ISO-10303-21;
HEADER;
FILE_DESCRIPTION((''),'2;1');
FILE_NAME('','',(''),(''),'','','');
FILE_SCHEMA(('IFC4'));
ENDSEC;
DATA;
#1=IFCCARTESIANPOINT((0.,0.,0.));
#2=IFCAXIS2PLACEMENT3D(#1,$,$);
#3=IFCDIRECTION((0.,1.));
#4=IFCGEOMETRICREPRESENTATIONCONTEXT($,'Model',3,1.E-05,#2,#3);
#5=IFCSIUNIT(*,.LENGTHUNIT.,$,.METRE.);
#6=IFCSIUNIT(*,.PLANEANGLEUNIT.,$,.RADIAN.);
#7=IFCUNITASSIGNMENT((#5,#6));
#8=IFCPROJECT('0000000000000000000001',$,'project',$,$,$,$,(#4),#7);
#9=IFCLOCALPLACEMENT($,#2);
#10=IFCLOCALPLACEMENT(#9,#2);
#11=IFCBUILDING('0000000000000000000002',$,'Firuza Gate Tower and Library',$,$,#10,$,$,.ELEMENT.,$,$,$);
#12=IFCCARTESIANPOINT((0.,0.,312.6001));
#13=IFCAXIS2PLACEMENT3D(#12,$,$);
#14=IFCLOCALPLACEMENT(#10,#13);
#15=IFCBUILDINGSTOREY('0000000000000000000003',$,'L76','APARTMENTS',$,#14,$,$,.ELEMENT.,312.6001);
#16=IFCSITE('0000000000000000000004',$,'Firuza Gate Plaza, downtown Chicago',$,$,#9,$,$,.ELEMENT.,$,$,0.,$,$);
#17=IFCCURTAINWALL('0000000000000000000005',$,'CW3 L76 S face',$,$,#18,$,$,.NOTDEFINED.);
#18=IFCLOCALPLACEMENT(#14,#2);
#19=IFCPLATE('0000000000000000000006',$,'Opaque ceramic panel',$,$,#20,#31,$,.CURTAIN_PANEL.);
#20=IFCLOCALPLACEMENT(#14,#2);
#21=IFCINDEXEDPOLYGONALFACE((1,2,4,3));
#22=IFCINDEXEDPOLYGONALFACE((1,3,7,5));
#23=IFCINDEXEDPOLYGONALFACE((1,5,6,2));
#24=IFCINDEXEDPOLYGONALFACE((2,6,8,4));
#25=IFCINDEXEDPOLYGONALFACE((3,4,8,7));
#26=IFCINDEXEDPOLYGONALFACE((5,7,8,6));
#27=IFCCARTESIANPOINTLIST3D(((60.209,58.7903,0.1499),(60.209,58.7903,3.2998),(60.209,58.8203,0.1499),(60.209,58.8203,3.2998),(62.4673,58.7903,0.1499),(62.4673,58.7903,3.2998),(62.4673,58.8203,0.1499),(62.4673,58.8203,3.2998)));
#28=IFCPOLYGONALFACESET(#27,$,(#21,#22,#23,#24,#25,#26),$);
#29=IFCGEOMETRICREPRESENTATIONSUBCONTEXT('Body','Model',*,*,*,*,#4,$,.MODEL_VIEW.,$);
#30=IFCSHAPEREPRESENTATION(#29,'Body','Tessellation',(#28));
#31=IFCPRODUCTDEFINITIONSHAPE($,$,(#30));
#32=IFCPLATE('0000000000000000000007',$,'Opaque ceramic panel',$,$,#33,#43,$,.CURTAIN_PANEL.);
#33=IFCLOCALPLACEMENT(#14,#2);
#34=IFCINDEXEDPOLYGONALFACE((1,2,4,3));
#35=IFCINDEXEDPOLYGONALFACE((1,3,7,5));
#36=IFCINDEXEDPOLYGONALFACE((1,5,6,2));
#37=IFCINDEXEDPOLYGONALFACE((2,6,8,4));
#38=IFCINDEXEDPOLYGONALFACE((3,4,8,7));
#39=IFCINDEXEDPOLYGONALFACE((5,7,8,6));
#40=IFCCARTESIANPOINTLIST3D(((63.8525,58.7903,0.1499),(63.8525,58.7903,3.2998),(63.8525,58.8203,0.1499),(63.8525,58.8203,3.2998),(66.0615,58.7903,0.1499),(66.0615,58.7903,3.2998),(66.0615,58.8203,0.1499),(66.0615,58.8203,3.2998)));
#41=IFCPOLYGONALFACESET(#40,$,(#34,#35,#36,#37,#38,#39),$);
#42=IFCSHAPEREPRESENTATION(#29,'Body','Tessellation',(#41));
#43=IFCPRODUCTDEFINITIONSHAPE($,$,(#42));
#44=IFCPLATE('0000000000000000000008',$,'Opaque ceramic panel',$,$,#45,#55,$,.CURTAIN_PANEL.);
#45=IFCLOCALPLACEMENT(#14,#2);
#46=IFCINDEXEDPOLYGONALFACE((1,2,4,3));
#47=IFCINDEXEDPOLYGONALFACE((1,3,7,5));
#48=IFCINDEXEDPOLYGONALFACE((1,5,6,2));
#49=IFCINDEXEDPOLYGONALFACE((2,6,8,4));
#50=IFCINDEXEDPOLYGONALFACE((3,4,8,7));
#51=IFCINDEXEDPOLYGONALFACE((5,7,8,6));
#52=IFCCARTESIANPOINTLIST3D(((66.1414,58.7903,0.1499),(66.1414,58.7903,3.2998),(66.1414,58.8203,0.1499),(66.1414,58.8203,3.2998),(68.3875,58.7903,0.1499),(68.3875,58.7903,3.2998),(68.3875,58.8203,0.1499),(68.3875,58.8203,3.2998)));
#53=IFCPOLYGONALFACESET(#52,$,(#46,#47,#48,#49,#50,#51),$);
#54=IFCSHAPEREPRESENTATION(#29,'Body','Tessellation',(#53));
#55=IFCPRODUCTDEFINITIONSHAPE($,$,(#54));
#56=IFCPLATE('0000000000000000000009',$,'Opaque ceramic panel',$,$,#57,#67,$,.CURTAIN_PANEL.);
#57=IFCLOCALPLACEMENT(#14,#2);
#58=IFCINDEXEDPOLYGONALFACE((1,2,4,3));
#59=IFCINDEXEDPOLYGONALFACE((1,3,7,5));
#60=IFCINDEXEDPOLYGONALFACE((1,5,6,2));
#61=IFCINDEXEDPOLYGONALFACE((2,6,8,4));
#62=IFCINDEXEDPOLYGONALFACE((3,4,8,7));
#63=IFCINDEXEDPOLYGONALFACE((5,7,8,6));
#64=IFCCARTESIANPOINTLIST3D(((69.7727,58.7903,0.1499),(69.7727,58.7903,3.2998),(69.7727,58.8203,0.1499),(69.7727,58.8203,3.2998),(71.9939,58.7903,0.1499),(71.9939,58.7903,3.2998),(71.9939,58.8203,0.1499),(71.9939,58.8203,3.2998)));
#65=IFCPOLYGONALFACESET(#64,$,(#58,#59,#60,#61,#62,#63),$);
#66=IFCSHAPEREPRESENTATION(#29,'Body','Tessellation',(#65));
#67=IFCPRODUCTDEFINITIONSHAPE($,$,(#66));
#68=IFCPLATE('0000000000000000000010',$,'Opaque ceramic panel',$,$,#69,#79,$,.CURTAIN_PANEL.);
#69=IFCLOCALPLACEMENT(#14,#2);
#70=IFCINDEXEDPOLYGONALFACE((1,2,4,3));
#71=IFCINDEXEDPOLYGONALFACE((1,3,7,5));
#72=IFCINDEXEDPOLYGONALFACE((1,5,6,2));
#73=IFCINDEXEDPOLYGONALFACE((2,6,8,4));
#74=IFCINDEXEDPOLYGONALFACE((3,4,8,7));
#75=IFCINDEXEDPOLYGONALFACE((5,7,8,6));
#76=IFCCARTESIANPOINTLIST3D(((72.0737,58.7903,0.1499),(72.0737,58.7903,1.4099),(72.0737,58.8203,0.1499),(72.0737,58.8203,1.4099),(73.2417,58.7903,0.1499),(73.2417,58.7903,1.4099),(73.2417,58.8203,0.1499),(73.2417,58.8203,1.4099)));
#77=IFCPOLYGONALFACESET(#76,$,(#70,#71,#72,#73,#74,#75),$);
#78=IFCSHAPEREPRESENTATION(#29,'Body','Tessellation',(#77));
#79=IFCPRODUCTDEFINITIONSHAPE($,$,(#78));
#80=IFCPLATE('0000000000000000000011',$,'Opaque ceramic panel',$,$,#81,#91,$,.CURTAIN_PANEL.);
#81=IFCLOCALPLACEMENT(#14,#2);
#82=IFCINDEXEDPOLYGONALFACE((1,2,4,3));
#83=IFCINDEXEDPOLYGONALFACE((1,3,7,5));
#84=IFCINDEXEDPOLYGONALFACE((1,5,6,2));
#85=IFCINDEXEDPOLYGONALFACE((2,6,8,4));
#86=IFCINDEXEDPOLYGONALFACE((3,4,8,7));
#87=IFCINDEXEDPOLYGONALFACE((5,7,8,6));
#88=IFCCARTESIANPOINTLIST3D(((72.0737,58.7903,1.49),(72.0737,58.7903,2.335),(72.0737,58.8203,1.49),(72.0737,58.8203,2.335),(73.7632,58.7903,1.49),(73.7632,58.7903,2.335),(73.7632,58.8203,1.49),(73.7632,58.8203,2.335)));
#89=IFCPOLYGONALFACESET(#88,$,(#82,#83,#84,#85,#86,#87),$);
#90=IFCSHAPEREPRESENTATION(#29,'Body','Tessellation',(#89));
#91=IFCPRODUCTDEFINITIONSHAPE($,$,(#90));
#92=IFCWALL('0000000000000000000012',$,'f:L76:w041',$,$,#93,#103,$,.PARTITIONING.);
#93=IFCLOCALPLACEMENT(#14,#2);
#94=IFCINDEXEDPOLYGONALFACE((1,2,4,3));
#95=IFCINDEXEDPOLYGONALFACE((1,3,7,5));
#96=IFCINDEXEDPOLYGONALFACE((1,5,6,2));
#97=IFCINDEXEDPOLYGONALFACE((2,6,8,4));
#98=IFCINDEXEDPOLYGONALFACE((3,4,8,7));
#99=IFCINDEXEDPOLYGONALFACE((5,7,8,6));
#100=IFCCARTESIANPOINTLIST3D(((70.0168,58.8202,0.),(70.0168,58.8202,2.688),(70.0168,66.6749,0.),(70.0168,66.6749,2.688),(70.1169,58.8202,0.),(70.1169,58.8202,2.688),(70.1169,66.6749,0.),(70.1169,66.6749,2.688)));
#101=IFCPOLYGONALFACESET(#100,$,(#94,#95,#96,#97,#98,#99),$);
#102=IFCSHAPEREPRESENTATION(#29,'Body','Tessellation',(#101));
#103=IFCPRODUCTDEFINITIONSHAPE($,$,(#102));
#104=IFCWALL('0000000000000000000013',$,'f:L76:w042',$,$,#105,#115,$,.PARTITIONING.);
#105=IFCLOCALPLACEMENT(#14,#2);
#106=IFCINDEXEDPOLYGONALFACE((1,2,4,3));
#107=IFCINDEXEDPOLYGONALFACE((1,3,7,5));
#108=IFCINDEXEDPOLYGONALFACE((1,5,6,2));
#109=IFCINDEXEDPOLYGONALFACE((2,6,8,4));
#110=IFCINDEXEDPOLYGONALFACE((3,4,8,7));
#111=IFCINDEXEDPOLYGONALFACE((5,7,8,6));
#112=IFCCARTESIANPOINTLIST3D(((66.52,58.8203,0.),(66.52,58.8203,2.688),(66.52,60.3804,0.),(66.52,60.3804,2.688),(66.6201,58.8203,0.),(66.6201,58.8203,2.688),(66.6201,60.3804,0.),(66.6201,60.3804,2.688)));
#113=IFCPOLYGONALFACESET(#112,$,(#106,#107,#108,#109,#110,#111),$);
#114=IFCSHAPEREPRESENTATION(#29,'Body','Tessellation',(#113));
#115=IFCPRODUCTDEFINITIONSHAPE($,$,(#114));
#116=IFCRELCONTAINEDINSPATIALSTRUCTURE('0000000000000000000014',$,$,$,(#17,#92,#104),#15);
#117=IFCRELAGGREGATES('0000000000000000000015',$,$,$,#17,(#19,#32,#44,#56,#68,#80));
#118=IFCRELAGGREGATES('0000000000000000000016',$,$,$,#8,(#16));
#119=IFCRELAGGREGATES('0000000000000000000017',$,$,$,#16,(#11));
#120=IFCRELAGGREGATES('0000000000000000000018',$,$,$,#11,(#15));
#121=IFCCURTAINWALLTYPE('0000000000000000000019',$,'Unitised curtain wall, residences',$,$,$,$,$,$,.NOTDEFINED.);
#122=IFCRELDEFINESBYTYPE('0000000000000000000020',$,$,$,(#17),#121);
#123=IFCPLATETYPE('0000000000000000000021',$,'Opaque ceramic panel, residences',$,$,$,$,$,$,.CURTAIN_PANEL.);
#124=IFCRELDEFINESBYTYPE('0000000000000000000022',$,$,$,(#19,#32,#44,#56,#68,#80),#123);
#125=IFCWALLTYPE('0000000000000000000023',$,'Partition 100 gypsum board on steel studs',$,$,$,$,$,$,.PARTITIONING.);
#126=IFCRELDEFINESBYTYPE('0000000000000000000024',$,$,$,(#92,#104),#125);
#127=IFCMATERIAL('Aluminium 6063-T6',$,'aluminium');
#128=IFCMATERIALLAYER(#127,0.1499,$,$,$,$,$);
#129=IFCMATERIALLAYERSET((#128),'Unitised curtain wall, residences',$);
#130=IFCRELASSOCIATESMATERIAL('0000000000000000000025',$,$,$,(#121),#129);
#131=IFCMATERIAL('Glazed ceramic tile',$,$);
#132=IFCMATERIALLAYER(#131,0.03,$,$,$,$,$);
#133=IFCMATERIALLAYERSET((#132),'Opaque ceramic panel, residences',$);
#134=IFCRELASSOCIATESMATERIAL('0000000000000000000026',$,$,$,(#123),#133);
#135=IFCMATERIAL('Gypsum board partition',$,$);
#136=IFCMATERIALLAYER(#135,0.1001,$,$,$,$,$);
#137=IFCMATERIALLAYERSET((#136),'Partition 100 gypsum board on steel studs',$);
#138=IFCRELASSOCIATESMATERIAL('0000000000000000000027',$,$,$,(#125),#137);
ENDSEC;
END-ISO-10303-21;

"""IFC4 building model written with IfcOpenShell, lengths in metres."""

from ifc_helpers import new_model, si_unit, direction, frame, frame_2d, origin, place, context, subcontext, project, spatial, polyline, rectangle, outline, extrude, material, layer, layer_set, type_object, element, aggregate, save


model = new_model("IFC4")

# Units and contexts
model_context = context("Model", 3, precision=1e-05, world=origin(), true_north=direction((0.0, 1.0)))
body_context = subcontext(model_context, "Body", "Model", "MODEL_VIEW")
ifc_project = project(units=[si_unit("LENGTHUNIT", "METRE"), si_unit("PLANEANGLEUNIT", "RADIAN")], contexts=[model_context])

# Site, building, storey
site_placement = place(None, origin())
site = spatial("IfcSite", under=ifc_project, at=site_placement, Name="Firuza Gate Plaza, downtown Chicago", CompositionType="ELEMENT", RefElevation=0.0)
building_placement = place(site_placement, origin())
building = spatial("IfcBuilding", under=site, at=building_placement, Name="Firuza Gate Tower and Library", CompositionType="ELEMENT")
storey_placement = place(building_placement, frame((0.0, 0.0, 312.6001)))
storey = spatial("IfcBuildingStorey", under=building, at=storey_placement, Name="L76", Description="APARTMENTS", CompositionType="ELEMENT", Elevation=312.6001)

# Curtain wall
ifc_material_1 = material(Name="Aluminium 6063-T6", Category="aluminium")
ifc_layer_1 = layer(ifc_material_1, 0.1499)
ifc_layer_set_1 = layer_set([ifc_layer_1], Name="Unitised curtain wall, residences")
curtain_wall_type = type_object("IfcCurtainWallType", Name="Unitised curtain wall, residences", PredefinedType="NOTDEFINED", material=ifc_layer_set_1)
curtain_wall_placement = place(storey_placement, origin())
curtain_wall = element("IfcCurtainWall", 1, at=curtain_wall_placement, inside=storey, type_object=curtain_wall_type, Name="CW3 L76 S face", PredefinedType="NOTDEFINED")

# Plates
ifc_material_2 = material(Name="Glazed ceramic tile")
ifc_layer_2 = layer(ifc_material_2, 0.03)
ifc_layer_set_2 = layer_set([ifc_layer_2], Name="Opaque ceramic panel, residences")
plate_type_1 = type_object("IfcPlateType", Name="Opaque ceramic panel, residences", PredefinedType="CURTAIN_PANEL", material=ifc_layer_set_2)
plate_1_placement = place(storey_placement, frame((60.209, 58.7903, 0.1499), z_axis=(0.0, -1.0, 0.0), x_axis=(1.0, 0.0, 0.0)))
plate_1 = element("IfcPlate", 2, at=plate_1_placement, type_object=plate_type_1, Name="Opaque ceramic panel", PredefinedType="CURTAIN_PANEL", context=body_context, shape_type="SweptSolid", body=[
    extrude(outline(polyline([(0.0, 0.0), (2.2583, 0.0), (2.2583, 3.1499), (0.0, 3.1499), (0.0, 0.0)])), origin(), (0.0, 0.0, -1.0), 0.03),
])
plate_2_placement = place(storey_placement, frame((63.8525, 58.7903, 0.1499), z_axis=(0.0, -1.0, 0.0), x_axis=(1.0, 0.0, 0.0)))
plate_2 = element("IfcPlate", 3, at=plate_2_placement, type_object=plate_type_1, Name="Opaque ceramic panel", PredefinedType="CURTAIN_PANEL", context=body_context, shape_type="SweptSolid", body=[
    extrude(outline(polyline([(0.0, 0.0), (2.209, 0.0), (2.209, 3.1499), (0.0, 3.1499), (0.0, 0.0)])), origin(), (0.0, 0.0, -1.0), 0.03),
])
plate_3_placement = place(storey_placement, frame((66.1414, 58.7903, 0.1499), z_axis=(0.0, -1.0, 0.0), x_axis=(1.0, 0.0, 0.0)))
plate_3 = element("IfcPlate", 4, at=plate_3_placement, type_object=plate_type_1, Name="Opaque ceramic panel", PredefinedType="CURTAIN_PANEL", context=body_context, shape_type="SweptSolid", body=[
    extrude(outline(polyline([(0.0, 0.0), (2.2461, 0.0), (2.2461, 3.1499), (0.0, 3.1499), (0.0, 0.0)])), origin(), (0.0, 0.0, -1.0), 0.03),
])
plate_4_placement = place(storey_placement, frame((69.7727, 58.7903, 0.1499), z_axis=(0.0, -1.0, 0.0), x_axis=(1.0, 0.0, 0.0)))
plate_4 = element("IfcPlate", 5, at=plate_4_placement, type_object=plate_type_1, Name="Opaque ceramic panel", PredefinedType="CURTAIN_PANEL", context=body_context, shape_type="SweptSolid", body=[
    extrude(outline(polyline([(0.0, 0.0), (2.2212, 0.0), (2.2212, 3.1499), (0.0, 3.1499), (0.0, 0.0)])), origin(), (0.0, 0.0, -1.0), 0.03),
])
plate_5_placement = place(storey_placement, frame((72.0737, 58.7903, 0.1499), z_axis=(0.0, -1.0, 0.0), x_axis=(1.0, 0.0, 0.0)))
plate_5 = element("IfcPlate", 6, at=plate_5_placement, type_object=plate_type_1, Name="Opaque ceramic panel", PredefinedType="CURTAIN_PANEL", context=body_context, shape_type="SweptSolid", body=[
    extrude(outline(polyline([(0.0, 0.0), (1.168, 0.0), (1.168, 1.26), (0.0, 1.26), (0.0, 0.0)])), origin(), (0.0, 0.0, -1.0), 0.03),
])
plate_6_placement = place(storey_placement, frame((72.0737, 58.7903, 1.49), z_axis=(0.0, -1.0, 0.0), x_axis=(1.0, 0.0, 0.0)))
plate_6 = element("IfcPlate", 7, at=plate_6_placement, type_object=plate_type_1, Name="Opaque ceramic panel", PredefinedType="CURTAIN_PANEL", context=body_context, shape_type="SweptSolid", body=[
    extrude(outline(polyline([(0.0, 0.0), (1.6895, 0.0), (1.6895, 0.845), (0.0, 0.845), (0.0, 0.0)])), origin(), (0.0, 0.0, -1.0), 0.03),
])
aggregate(curtain_wall, [plate_1, plate_2, plate_3, plate_4, plate_5, plate_6])

# Walls
ifc_material_3 = material(Name="Gypsum board partition")
ifc_layer_3 = layer(ifc_material_3, 0.1001)
ifc_layer_set_3 = layer_set([ifc_layer_3], Name="Partition 100 gypsum board on steel studs")
wall_type = type_object("IfcWallType", Name="Partition 100 gypsum board on steel studs", PredefinedType="PARTITIONING", material=ifc_layer_set_3)
wall_1_placement = place(storey_placement, frame((70.0669, 58.8203, 0.0), z_axis=(0.0, 0.0, 1.0), x_axis=(0.0, 1.0, 0.0)))
element("IfcWall", 8, at=wall_1_placement, inside=storey, type_object=wall_type, Name="f:L76:w041", PredefinedType="PARTITIONING", context=body_context, shape_type="SweptSolid", body=[
    extrude(rectangle(XDim=7.8547, YDim=0.1001, at=frame_2d((3.9272, 0.0))), origin(), (0.0, 0.0, 1.0), 2.688),
])
wall_2_placement = place(storey_placement, frame((66.5701, 58.8203, 0.0), z_axis=(0.0, 0.0, 1.0), x_axis=(0.0, 1.0, 0.0)))
element("IfcWall", 9, at=wall_2_placement, inside=storey, type_object=wall_type, Name="f:L76:w042", PredefinedType="PARTITIONING", context=body_context, shape_type="SweptSolid", body=[
    extrude(rectangle(XDim=1.5601, YDim=0.1001, at=frame_2d((0.78, 0.0))), origin(), (0.0, 0.0, 1.0), 2.688),
])

save(model, "model.ifc")
